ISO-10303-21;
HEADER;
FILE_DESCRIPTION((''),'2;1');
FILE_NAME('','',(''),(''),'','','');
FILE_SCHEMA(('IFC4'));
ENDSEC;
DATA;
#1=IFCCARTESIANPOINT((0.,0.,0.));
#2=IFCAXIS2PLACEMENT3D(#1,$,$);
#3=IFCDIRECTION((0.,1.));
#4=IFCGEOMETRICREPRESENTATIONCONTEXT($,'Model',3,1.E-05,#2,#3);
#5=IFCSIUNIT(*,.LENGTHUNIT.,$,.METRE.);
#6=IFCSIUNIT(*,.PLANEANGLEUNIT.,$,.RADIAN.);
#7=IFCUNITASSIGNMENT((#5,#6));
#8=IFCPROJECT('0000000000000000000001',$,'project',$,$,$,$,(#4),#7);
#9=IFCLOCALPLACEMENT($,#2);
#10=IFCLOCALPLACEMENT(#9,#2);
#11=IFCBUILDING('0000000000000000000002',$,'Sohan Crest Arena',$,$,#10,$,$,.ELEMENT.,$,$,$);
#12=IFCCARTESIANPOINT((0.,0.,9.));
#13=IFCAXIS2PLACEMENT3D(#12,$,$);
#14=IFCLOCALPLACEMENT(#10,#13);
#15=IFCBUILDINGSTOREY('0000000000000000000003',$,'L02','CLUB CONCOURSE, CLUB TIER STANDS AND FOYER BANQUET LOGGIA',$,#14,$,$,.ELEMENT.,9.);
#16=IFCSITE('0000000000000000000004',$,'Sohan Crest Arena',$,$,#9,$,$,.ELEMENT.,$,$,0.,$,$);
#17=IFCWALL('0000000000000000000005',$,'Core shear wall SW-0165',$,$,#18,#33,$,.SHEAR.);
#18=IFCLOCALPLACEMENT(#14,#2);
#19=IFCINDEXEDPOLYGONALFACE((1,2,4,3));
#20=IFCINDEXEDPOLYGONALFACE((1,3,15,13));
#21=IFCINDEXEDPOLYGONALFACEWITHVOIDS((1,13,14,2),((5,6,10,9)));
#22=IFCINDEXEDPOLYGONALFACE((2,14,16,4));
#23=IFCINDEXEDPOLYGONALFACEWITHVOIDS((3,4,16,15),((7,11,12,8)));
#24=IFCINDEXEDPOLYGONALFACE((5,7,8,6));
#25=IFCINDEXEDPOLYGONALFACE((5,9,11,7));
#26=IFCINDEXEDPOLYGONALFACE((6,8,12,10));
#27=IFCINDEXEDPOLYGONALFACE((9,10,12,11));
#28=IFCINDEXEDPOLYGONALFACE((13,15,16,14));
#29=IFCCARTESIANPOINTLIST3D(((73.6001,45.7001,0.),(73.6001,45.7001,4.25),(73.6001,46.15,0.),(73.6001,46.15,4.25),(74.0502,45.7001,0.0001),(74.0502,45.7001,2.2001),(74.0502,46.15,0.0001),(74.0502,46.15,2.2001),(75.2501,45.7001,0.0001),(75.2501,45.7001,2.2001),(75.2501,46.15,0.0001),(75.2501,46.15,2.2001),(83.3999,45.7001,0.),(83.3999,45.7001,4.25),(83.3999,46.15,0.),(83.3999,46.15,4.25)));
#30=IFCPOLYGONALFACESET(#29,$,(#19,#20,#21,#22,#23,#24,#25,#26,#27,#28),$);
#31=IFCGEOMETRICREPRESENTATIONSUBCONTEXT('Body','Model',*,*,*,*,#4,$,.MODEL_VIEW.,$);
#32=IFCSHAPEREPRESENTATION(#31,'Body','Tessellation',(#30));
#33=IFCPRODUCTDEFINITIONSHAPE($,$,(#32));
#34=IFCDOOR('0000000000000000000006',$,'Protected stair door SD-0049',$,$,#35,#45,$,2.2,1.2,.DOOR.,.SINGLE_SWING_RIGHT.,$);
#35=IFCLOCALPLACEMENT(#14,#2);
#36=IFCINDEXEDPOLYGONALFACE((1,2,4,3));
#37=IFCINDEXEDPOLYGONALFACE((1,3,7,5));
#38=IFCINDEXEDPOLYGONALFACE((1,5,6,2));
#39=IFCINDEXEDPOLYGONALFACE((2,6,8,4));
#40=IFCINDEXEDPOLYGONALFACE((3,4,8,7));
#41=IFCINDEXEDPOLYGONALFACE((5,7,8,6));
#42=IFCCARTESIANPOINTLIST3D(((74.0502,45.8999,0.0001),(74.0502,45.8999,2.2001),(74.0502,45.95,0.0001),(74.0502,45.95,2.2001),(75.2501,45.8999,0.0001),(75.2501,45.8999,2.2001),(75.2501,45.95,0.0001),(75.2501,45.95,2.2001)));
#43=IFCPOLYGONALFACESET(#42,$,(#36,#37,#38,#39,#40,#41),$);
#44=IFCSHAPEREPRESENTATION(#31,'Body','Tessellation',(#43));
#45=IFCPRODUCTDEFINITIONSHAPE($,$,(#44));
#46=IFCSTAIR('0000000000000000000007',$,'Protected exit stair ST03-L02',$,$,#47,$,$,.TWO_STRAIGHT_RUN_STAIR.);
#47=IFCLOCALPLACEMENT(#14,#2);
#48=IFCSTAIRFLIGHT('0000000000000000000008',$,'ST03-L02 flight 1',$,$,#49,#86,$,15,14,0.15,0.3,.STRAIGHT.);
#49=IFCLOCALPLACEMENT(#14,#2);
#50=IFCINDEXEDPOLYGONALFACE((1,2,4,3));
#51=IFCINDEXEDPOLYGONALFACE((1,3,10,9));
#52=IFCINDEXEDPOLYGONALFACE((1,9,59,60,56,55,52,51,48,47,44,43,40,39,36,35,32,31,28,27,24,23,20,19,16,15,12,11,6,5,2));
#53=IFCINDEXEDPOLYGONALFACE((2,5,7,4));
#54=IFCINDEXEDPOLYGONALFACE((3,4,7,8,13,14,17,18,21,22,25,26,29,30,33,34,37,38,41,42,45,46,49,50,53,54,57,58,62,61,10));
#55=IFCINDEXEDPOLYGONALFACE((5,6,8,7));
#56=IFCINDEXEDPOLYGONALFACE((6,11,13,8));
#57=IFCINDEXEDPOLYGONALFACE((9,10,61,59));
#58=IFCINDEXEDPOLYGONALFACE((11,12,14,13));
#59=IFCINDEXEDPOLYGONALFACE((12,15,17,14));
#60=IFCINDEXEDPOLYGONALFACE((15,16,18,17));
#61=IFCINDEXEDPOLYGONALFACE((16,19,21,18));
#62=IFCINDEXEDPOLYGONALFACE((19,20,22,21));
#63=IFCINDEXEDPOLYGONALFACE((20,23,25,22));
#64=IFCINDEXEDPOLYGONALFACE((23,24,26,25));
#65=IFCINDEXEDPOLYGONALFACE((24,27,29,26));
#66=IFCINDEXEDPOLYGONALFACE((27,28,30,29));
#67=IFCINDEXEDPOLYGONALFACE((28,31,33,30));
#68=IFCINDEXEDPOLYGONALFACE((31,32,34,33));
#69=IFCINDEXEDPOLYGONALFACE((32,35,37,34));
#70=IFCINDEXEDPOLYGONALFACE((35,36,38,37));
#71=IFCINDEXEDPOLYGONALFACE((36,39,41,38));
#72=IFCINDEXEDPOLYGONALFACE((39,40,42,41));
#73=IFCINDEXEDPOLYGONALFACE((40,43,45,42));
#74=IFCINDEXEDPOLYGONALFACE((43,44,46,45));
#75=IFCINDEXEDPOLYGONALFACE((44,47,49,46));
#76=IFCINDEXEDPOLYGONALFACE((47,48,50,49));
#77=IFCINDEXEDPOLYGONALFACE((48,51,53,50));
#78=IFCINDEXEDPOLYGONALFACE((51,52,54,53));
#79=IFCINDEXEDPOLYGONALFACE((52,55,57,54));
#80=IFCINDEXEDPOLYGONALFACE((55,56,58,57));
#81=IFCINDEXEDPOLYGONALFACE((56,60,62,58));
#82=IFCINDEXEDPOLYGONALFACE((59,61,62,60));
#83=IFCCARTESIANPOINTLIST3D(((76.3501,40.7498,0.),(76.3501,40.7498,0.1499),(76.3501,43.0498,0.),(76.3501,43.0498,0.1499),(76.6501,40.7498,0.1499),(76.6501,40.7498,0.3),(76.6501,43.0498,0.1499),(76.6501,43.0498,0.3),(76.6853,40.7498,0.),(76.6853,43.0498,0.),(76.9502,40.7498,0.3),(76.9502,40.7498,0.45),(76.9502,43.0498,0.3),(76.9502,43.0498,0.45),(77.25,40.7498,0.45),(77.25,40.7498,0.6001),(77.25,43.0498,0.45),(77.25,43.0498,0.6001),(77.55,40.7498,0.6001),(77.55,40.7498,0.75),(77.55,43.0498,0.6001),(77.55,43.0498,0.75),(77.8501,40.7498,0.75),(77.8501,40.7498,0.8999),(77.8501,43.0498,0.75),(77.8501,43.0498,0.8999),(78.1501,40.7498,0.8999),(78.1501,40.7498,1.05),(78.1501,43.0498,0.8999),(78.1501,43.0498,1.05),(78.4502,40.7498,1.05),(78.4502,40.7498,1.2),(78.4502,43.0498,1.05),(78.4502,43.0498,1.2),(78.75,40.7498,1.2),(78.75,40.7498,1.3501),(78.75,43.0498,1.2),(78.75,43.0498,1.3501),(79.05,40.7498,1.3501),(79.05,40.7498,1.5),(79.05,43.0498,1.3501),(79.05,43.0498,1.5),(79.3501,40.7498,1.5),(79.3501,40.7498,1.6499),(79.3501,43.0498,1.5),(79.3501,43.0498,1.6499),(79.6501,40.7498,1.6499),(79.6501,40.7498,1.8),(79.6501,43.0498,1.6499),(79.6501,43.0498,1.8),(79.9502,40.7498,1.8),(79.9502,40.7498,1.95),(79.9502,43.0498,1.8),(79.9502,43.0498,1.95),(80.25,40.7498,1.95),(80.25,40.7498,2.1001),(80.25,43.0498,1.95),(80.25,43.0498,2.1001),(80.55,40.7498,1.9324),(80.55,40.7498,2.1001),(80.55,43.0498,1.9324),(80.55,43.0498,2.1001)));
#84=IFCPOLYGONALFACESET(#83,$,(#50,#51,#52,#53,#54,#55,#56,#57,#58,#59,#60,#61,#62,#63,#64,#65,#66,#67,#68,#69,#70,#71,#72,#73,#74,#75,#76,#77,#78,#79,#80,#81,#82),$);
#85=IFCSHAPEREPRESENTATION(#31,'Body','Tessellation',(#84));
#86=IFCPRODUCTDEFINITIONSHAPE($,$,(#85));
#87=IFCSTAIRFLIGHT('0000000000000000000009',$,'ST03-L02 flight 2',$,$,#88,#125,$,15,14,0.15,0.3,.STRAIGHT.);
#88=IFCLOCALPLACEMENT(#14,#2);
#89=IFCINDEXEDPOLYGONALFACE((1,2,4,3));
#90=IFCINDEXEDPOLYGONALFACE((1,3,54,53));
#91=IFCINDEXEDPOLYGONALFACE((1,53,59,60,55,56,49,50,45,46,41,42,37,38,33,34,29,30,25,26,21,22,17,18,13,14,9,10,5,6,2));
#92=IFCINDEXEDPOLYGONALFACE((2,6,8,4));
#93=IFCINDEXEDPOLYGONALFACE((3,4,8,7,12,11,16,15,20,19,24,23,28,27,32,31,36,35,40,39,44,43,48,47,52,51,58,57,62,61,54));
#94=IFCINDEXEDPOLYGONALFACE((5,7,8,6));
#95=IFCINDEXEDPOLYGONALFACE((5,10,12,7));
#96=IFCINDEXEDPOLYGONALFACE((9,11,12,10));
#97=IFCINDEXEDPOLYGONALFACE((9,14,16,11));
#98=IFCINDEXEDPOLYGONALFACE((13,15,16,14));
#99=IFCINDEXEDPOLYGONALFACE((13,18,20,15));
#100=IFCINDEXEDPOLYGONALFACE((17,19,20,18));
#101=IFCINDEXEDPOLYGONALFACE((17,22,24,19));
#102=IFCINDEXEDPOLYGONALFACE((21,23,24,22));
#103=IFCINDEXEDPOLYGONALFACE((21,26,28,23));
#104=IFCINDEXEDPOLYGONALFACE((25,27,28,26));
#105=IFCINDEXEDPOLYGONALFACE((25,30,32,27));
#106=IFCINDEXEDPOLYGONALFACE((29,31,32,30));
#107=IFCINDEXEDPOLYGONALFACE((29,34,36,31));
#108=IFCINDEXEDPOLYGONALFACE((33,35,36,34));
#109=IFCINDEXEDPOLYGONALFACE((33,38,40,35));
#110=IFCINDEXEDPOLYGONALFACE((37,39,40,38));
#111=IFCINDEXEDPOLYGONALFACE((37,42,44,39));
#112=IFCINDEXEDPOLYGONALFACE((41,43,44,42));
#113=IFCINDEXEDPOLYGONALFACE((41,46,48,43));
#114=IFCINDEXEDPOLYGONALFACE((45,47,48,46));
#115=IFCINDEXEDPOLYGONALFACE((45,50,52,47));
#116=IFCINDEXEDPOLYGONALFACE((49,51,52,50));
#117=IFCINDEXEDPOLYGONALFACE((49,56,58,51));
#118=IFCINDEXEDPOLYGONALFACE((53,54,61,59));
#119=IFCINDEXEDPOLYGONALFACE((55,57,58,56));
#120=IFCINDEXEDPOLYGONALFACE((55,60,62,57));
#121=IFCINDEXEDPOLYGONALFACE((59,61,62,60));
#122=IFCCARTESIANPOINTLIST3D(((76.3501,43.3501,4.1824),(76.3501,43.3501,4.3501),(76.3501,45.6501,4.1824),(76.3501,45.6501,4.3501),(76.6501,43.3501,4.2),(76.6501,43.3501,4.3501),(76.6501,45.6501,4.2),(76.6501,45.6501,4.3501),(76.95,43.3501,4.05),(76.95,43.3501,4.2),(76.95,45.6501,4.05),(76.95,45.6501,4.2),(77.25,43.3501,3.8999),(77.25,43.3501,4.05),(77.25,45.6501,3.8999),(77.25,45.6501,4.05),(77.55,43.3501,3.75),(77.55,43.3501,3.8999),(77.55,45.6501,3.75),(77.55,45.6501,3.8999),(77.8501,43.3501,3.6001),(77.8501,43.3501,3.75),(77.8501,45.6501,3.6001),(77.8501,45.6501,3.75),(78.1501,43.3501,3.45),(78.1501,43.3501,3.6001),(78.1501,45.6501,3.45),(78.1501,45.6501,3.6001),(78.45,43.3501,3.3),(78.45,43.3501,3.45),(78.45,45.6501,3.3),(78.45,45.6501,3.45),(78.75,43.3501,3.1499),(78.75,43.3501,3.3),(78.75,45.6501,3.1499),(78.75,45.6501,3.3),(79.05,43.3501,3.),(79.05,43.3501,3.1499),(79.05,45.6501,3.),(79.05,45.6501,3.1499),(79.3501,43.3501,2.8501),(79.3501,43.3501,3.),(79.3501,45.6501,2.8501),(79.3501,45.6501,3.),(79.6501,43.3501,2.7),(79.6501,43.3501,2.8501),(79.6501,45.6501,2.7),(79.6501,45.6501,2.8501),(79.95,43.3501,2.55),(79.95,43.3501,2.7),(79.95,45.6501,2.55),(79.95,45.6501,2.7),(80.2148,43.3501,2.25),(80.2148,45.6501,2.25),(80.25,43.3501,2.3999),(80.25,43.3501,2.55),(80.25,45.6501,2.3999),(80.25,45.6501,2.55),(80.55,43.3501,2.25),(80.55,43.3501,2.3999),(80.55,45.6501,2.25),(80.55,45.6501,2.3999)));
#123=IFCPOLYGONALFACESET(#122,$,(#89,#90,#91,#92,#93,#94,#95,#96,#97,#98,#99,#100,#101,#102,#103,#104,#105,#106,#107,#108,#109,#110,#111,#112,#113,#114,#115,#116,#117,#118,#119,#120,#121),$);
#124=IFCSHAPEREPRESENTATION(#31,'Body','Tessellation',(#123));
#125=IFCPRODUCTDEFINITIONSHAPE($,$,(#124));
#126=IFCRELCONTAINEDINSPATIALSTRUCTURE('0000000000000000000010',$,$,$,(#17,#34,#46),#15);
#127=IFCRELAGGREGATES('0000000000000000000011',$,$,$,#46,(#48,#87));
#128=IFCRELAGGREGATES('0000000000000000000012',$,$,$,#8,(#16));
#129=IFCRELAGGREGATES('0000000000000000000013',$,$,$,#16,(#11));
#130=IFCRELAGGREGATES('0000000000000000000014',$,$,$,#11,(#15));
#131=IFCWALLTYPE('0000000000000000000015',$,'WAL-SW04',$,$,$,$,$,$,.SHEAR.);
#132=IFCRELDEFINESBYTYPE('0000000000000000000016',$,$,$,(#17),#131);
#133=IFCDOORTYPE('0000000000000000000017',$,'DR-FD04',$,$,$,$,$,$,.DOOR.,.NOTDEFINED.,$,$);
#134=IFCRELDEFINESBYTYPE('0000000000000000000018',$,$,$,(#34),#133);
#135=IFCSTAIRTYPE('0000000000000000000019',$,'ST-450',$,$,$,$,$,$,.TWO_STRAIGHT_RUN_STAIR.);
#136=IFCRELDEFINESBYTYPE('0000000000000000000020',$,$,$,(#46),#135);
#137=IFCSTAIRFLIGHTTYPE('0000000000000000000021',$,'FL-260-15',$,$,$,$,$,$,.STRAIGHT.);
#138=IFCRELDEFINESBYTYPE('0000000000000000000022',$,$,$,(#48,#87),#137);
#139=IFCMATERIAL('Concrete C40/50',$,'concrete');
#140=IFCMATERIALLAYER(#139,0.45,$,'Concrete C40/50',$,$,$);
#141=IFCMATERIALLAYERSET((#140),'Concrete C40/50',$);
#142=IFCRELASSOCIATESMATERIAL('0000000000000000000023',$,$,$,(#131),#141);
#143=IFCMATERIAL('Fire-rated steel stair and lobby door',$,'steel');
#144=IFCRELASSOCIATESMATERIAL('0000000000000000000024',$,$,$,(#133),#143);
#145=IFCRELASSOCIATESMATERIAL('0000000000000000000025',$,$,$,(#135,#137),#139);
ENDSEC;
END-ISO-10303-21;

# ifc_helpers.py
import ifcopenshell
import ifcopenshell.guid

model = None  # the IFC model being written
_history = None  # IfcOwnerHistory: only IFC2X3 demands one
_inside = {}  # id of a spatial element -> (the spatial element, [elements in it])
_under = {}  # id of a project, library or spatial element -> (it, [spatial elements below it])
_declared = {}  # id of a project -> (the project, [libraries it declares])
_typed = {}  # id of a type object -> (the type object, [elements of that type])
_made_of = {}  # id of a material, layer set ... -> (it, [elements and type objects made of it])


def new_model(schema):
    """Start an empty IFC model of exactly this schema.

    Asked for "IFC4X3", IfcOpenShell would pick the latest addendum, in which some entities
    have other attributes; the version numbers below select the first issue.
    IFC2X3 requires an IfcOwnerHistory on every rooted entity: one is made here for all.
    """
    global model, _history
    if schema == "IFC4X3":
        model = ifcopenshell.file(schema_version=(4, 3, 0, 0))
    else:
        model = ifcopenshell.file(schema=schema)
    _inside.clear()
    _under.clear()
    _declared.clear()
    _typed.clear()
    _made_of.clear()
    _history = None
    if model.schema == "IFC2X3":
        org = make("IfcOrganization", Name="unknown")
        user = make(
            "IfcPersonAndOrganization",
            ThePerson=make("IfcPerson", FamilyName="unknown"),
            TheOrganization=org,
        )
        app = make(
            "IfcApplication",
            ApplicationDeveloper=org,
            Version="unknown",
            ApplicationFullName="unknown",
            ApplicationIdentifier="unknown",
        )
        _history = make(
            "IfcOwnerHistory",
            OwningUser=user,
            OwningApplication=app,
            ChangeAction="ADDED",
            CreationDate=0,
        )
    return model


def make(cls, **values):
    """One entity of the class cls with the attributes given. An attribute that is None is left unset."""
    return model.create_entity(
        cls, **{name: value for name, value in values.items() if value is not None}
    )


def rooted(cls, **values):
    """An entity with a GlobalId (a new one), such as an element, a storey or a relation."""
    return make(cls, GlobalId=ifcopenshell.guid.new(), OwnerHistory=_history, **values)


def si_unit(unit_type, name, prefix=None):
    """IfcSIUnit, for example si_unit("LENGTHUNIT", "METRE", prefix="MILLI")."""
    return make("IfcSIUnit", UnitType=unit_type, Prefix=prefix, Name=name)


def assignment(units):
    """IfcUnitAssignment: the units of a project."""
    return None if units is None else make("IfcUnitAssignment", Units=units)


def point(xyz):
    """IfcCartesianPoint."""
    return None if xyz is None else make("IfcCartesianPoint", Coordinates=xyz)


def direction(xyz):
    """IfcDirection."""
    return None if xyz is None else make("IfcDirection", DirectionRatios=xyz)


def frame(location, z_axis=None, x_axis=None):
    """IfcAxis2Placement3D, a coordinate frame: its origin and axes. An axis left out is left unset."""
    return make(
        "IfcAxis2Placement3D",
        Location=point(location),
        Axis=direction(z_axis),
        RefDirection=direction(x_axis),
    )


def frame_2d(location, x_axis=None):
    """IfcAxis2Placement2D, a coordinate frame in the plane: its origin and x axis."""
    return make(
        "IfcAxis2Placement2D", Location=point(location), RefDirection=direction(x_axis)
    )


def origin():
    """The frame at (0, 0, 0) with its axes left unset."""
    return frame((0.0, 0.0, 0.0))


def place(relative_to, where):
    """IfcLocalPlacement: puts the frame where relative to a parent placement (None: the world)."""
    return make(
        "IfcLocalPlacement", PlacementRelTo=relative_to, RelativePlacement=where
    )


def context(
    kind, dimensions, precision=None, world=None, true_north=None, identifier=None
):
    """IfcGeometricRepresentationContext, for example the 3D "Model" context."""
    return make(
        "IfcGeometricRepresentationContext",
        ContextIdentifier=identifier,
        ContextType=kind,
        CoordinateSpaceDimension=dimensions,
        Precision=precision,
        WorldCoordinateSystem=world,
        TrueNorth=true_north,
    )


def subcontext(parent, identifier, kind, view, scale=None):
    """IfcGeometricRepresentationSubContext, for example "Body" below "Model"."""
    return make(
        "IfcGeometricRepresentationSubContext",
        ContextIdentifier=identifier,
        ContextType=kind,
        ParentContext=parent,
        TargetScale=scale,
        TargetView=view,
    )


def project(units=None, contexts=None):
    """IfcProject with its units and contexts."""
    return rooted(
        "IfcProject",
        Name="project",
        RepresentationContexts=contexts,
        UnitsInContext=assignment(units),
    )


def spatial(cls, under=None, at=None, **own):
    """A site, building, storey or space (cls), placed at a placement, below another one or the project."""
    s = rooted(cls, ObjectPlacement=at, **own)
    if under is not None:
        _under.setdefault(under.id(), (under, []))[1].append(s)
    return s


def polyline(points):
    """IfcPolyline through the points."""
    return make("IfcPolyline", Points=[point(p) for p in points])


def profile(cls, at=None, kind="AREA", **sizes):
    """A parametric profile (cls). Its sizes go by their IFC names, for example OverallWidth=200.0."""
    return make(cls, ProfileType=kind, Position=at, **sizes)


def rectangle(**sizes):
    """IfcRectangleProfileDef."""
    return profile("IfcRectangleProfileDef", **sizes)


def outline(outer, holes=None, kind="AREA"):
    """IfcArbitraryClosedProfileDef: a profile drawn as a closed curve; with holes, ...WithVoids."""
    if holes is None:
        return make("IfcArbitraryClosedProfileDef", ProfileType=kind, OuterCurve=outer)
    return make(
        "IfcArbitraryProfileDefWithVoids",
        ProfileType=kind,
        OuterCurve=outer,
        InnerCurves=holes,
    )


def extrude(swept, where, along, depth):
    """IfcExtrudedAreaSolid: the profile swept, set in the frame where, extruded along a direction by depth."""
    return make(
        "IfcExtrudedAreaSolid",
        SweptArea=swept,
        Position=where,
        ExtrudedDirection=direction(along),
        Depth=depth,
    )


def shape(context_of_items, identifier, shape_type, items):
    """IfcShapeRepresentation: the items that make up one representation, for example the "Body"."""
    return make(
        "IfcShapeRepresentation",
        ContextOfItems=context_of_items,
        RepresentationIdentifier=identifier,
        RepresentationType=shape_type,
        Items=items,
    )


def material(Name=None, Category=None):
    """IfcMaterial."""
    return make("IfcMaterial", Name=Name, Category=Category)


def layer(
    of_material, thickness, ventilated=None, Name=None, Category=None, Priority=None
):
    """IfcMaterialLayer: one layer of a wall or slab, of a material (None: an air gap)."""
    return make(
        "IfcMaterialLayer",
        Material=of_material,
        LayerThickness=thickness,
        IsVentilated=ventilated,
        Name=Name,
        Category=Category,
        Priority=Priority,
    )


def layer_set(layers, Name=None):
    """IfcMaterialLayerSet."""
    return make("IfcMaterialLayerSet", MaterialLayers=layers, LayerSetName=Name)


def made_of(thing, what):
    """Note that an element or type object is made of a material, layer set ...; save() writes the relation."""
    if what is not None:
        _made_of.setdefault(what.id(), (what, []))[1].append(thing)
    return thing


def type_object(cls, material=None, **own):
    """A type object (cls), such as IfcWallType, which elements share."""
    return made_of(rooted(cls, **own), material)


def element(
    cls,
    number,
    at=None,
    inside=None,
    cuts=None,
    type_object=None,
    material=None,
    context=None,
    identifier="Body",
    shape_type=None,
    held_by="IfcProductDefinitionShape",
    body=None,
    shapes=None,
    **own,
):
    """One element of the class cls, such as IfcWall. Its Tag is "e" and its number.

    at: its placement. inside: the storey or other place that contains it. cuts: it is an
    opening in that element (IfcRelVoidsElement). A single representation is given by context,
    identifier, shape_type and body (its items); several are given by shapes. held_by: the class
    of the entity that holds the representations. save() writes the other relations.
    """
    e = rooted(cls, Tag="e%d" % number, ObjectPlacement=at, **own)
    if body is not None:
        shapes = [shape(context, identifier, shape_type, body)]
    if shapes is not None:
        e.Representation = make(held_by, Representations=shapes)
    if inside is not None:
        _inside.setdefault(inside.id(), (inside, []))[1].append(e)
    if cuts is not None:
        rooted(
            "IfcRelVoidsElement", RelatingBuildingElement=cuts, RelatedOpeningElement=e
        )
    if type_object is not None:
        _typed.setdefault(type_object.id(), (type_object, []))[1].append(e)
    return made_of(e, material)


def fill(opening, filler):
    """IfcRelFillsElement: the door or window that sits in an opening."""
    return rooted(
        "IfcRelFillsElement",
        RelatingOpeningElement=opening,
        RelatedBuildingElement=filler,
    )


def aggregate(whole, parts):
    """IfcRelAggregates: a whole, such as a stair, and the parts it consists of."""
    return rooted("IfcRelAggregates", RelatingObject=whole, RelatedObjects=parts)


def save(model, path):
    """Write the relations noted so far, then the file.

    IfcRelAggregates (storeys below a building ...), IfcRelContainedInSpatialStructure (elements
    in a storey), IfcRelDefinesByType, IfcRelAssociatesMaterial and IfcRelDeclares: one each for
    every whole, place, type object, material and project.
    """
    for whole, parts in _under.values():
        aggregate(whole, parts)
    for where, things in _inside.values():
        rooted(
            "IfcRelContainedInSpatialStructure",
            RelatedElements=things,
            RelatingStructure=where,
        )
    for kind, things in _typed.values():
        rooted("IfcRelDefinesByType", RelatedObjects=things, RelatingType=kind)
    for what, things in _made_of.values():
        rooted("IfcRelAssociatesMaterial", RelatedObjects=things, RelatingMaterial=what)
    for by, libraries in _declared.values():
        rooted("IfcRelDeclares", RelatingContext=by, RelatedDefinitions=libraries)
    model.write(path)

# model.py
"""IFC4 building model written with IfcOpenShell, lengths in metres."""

from ifc_helpers import new_model, si_unit, direction, frame, frame_2d, origin, place, context, subcontext, project, spatial, polyline, rectangle, outline, extrude, material, layer, layer_set, type_object, element, fill, aggregate, save


model = new_model("IFC4")

# Units and contexts
model_context = context("Model", 3, precision=1e-05, world=origin(), true_north=direction((0.0, 1.0)))
body_context = subcontext(model_context, "Body", "Model", "MODEL_VIEW")
ifc_project = project(units=[si_unit("LENGTHUNIT", "METRE"), si_unit("PLANEANGLEUNIT", "RADIAN")], contexts=[model_context])

# Site, building, storey
site_placement = place(None, origin())
site = spatial("IfcSite", under=ifc_project, at=site_placement, Name="Sohan Crest Arena", CompositionType="ELEMENT", RefElevation=0.0)
building_placement = place(site_placement, origin())
building = spatial("IfcBuilding", under=site, at=building_placement, Name="Sohan Crest Arena", CompositionType="ELEMENT")
storey_placement = place(building_placement, frame((0.0, 0.0, 9.0)))
storey = spatial("IfcBuildingStorey", under=building, at=storey_placement, Name="L02", Description="CLUB CONCOURSE, CLUB TIER STANDS AND FOYER BANQUET LOGGIA", CompositionType="ELEMENT", Elevation=9.0)

# Shared definitions
ifc_material_1 = material(Name="Concrete C40/50", Category="concrete")

# Wall, opening, door
ifc_layer_1 = layer(ifc_material_1, 0.45, Name="Concrete C40/50")
ifc_layer_set_1 = layer_set([ifc_layer_1], Name="Concrete C40/50")
wall_type_1 = type_object("IfcWallType", Name="WAL-SW04", PredefinedType="SHEAR", material=ifc_layer_set_1)
wall_1_placement = place(storey_placement, frame((73.6001, 45.925, 0.0), z_axis=(0.0, 0.0, 1.0), x_axis=(1.0, 0.0, 0.0)))
wall_1 = element("IfcWall", 1, at=wall_1_placement, inside=storey, type_object=wall_type_1, Name="Core shear wall SW-0165", PredefinedType="SHEAR", context=body_context, shape_type="SweptSolid", body=[
    extrude(rectangle(XDim=9.7998, YDim=0.45, at=frame_2d((4.8999, 0.0))), origin(), (0.0, 0.0, 1.0), 4.25),
])
opening_1_placement = place(wall_1_placement, frame((0.45, 0.0, 0.0)))
opening_1 = element("IfcOpeningElement", 2, at=opening_1_placement, cuts=wall_1, PredefinedType="OPENING", context=body_context, shape_type="SweptSolid", body=[
    extrude(rectangle(XDim=1.2, YDim=2.2, at=frame_2d((0.6001, 1.1001))), frame((0.0, 0.2349, 0.0), z_axis=(0.0, -1.0, 0.0), x_axis=(1.0, 0.0, 0.0)), (0.0, 0.0, 1.0), 0.47),
])
ifc_material_2 = material(Name="Fire-rated steel stair and lobby door", Category="steel")
door_type_1 = type_object("IfcDoorType", Name="DR-FD04", OperationType="NOTDEFINED", PredefinedType="DOOR", material=ifc_material_2)
door_1_placement = place(opening_1_placement, origin())
door_1 = element("IfcDoor", 3, at=door_1_placement, inside=storey, type_object=door_type_1, Name="Protected stair door SD-0049", OperationType="SINGLE_SWING_RIGHT", OverallHeight=2.2, OverallWidth=1.2, PredefinedType="DOOR", context=body_context, shape_type="SweptSolid", body=[
    extrude(rectangle(XDim=1.2, YDim=2.2, at=frame_2d((0.6001, 1.1001))), frame((0.0, 0.0249, 0.0), z_axis=(0.0, -1.0, 0.0), x_axis=(1.0, 0.0, 0.0)), (0.0, 0.0, 1.0), 0.05),
])
fill(opening_1, door_1)

# Stair, stair flights
stair_type = type_object("IfcStairType", Name="ST-450", PredefinedType="TWO_STRAIGHT_RUN_STAIR", material=ifc_material_1)
stair_placement = place(storey_placement, origin())
stair = element("IfcStair", 4, at=stair_placement, inside=storey, type_object=stair_type, Name="Protected exit stair ST03-L02", PredefinedType="TWO_STRAIGHT_RUN_STAIR")
stair_flight_type = type_object("IfcStairFlightType", Name="FL-260-15", PredefinedType="STRAIGHT", material=ifc_material_1)
stair_flight_1_placement = place(storey_placement, frame((76.3501, 41.8999, 0.0), z_axis=(0.0, 0.0, 1.0), x_axis=(1.0, 0.0, 0.0)))
stair_flight_1 = element("IfcStairFlight", 5, at=stair_flight_1_placement, type_object=stair_flight_type, Name="ST03-L02 flight 1", NumberOfRisers=15, NumberOfTreads=14, PredefinedType="STRAIGHT", RiserHeight=0.15, TreadLength=0.3, context=body_context, shape_type="SweptSolid", body=[
    extrude(outline(polyline([(0.0, 0.0), (0.0, 0.1499), (0.3, 0.1499), (0.3, 0.3), (0.6001, 0.3), (0.6001, 0.45), (0.8999, 0.45), (0.8999, 0.6001), (1.2, 0.6001), (1.2, 0.75), (1.5, 0.75), (1.5, 0.8999), (1.8, 0.8999), (1.8, 1.05), (2.1001, 1.05), (2.1001, 1.2), (2.3999, 1.2), (2.3999, 1.3501), (2.7, 1.3501), (2.7, 1.5), (3.0, 1.5), (3.0, 1.6499), (3.3, 1.6499), (3.3, 1.8), (3.6001, 1.8), (3.6001, 1.95), (3.8999, 1.95), (3.8999, 2.1001), (4.2, 2.1001), (4.2, 2.25), (4.2, 1.9324), (0.3352, 0.0), (0.0, 0.0)])), frame((0.0, 1.1499, 0.0), z_axis=(0.0, -1.0, 0.0), x_axis=(1.0, 0.0, 0.0)), (0.0, 0.0, 1.0), 2.3),
])
stair_flight_2_placement = place(storey_placement, frame((80.55, 44.5, 2.25), z_axis=(0.0, 0.0, 1.0), x_axis=(-1.0, 0.0, 0.0)))
stair_flight_2 = element("IfcStairFlight", 6, at=stair_flight_2_placement, type_object=stair_flight_type, Name="ST03-L02 flight 2", NumberOfRisers=15, NumberOfTreads=14, PredefinedType="STRAIGHT", RiserHeight=0.15, TreadLength=0.3, context=body_context, shape_type="SweptSolid", body=[
    extrude(outline(polyline([(0.0, 0.0), (0.0, 0.1499), (0.3, 0.1499), (0.3, 0.3), (0.6001, 0.3), (0.6001, 0.45), (0.8999, 0.45), (0.8999, 0.6001), (1.2, 0.6001), (1.2, 0.75), (1.5, 0.75), (1.5, 0.8999), (1.8, 0.8999), (1.8, 1.05), (2.1001, 1.05), (2.1001, 1.2), (2.3999, 1.2), (2.3999, 1.3501), (2.7, 1.3501), (2.7, 1.5), (3.0, 1.5), (3.0, 1.6499), (3.3, 1.6499), (3.3, 1.8), (3.6001, 1.8), (3.6001, 1.95), (3.8999, 1.95), (3.8999, 2.1001), (4.2, 2.1001), (4.2, 2.25), (4.2, 1.9324), (0.3352, 0.0), (0.0, 0.0)])), frame((0.0, 1.1499, 0.0), z_axis=(0.0, -1.0, 0.0), x_axis=(1.0, 0.0, 0.0)), (0.0, 0.0, 1.0), 2.3),
])
aggregate(stair, [stair_flight_1, stair_flight_2])

save(model, "model.ifc")
